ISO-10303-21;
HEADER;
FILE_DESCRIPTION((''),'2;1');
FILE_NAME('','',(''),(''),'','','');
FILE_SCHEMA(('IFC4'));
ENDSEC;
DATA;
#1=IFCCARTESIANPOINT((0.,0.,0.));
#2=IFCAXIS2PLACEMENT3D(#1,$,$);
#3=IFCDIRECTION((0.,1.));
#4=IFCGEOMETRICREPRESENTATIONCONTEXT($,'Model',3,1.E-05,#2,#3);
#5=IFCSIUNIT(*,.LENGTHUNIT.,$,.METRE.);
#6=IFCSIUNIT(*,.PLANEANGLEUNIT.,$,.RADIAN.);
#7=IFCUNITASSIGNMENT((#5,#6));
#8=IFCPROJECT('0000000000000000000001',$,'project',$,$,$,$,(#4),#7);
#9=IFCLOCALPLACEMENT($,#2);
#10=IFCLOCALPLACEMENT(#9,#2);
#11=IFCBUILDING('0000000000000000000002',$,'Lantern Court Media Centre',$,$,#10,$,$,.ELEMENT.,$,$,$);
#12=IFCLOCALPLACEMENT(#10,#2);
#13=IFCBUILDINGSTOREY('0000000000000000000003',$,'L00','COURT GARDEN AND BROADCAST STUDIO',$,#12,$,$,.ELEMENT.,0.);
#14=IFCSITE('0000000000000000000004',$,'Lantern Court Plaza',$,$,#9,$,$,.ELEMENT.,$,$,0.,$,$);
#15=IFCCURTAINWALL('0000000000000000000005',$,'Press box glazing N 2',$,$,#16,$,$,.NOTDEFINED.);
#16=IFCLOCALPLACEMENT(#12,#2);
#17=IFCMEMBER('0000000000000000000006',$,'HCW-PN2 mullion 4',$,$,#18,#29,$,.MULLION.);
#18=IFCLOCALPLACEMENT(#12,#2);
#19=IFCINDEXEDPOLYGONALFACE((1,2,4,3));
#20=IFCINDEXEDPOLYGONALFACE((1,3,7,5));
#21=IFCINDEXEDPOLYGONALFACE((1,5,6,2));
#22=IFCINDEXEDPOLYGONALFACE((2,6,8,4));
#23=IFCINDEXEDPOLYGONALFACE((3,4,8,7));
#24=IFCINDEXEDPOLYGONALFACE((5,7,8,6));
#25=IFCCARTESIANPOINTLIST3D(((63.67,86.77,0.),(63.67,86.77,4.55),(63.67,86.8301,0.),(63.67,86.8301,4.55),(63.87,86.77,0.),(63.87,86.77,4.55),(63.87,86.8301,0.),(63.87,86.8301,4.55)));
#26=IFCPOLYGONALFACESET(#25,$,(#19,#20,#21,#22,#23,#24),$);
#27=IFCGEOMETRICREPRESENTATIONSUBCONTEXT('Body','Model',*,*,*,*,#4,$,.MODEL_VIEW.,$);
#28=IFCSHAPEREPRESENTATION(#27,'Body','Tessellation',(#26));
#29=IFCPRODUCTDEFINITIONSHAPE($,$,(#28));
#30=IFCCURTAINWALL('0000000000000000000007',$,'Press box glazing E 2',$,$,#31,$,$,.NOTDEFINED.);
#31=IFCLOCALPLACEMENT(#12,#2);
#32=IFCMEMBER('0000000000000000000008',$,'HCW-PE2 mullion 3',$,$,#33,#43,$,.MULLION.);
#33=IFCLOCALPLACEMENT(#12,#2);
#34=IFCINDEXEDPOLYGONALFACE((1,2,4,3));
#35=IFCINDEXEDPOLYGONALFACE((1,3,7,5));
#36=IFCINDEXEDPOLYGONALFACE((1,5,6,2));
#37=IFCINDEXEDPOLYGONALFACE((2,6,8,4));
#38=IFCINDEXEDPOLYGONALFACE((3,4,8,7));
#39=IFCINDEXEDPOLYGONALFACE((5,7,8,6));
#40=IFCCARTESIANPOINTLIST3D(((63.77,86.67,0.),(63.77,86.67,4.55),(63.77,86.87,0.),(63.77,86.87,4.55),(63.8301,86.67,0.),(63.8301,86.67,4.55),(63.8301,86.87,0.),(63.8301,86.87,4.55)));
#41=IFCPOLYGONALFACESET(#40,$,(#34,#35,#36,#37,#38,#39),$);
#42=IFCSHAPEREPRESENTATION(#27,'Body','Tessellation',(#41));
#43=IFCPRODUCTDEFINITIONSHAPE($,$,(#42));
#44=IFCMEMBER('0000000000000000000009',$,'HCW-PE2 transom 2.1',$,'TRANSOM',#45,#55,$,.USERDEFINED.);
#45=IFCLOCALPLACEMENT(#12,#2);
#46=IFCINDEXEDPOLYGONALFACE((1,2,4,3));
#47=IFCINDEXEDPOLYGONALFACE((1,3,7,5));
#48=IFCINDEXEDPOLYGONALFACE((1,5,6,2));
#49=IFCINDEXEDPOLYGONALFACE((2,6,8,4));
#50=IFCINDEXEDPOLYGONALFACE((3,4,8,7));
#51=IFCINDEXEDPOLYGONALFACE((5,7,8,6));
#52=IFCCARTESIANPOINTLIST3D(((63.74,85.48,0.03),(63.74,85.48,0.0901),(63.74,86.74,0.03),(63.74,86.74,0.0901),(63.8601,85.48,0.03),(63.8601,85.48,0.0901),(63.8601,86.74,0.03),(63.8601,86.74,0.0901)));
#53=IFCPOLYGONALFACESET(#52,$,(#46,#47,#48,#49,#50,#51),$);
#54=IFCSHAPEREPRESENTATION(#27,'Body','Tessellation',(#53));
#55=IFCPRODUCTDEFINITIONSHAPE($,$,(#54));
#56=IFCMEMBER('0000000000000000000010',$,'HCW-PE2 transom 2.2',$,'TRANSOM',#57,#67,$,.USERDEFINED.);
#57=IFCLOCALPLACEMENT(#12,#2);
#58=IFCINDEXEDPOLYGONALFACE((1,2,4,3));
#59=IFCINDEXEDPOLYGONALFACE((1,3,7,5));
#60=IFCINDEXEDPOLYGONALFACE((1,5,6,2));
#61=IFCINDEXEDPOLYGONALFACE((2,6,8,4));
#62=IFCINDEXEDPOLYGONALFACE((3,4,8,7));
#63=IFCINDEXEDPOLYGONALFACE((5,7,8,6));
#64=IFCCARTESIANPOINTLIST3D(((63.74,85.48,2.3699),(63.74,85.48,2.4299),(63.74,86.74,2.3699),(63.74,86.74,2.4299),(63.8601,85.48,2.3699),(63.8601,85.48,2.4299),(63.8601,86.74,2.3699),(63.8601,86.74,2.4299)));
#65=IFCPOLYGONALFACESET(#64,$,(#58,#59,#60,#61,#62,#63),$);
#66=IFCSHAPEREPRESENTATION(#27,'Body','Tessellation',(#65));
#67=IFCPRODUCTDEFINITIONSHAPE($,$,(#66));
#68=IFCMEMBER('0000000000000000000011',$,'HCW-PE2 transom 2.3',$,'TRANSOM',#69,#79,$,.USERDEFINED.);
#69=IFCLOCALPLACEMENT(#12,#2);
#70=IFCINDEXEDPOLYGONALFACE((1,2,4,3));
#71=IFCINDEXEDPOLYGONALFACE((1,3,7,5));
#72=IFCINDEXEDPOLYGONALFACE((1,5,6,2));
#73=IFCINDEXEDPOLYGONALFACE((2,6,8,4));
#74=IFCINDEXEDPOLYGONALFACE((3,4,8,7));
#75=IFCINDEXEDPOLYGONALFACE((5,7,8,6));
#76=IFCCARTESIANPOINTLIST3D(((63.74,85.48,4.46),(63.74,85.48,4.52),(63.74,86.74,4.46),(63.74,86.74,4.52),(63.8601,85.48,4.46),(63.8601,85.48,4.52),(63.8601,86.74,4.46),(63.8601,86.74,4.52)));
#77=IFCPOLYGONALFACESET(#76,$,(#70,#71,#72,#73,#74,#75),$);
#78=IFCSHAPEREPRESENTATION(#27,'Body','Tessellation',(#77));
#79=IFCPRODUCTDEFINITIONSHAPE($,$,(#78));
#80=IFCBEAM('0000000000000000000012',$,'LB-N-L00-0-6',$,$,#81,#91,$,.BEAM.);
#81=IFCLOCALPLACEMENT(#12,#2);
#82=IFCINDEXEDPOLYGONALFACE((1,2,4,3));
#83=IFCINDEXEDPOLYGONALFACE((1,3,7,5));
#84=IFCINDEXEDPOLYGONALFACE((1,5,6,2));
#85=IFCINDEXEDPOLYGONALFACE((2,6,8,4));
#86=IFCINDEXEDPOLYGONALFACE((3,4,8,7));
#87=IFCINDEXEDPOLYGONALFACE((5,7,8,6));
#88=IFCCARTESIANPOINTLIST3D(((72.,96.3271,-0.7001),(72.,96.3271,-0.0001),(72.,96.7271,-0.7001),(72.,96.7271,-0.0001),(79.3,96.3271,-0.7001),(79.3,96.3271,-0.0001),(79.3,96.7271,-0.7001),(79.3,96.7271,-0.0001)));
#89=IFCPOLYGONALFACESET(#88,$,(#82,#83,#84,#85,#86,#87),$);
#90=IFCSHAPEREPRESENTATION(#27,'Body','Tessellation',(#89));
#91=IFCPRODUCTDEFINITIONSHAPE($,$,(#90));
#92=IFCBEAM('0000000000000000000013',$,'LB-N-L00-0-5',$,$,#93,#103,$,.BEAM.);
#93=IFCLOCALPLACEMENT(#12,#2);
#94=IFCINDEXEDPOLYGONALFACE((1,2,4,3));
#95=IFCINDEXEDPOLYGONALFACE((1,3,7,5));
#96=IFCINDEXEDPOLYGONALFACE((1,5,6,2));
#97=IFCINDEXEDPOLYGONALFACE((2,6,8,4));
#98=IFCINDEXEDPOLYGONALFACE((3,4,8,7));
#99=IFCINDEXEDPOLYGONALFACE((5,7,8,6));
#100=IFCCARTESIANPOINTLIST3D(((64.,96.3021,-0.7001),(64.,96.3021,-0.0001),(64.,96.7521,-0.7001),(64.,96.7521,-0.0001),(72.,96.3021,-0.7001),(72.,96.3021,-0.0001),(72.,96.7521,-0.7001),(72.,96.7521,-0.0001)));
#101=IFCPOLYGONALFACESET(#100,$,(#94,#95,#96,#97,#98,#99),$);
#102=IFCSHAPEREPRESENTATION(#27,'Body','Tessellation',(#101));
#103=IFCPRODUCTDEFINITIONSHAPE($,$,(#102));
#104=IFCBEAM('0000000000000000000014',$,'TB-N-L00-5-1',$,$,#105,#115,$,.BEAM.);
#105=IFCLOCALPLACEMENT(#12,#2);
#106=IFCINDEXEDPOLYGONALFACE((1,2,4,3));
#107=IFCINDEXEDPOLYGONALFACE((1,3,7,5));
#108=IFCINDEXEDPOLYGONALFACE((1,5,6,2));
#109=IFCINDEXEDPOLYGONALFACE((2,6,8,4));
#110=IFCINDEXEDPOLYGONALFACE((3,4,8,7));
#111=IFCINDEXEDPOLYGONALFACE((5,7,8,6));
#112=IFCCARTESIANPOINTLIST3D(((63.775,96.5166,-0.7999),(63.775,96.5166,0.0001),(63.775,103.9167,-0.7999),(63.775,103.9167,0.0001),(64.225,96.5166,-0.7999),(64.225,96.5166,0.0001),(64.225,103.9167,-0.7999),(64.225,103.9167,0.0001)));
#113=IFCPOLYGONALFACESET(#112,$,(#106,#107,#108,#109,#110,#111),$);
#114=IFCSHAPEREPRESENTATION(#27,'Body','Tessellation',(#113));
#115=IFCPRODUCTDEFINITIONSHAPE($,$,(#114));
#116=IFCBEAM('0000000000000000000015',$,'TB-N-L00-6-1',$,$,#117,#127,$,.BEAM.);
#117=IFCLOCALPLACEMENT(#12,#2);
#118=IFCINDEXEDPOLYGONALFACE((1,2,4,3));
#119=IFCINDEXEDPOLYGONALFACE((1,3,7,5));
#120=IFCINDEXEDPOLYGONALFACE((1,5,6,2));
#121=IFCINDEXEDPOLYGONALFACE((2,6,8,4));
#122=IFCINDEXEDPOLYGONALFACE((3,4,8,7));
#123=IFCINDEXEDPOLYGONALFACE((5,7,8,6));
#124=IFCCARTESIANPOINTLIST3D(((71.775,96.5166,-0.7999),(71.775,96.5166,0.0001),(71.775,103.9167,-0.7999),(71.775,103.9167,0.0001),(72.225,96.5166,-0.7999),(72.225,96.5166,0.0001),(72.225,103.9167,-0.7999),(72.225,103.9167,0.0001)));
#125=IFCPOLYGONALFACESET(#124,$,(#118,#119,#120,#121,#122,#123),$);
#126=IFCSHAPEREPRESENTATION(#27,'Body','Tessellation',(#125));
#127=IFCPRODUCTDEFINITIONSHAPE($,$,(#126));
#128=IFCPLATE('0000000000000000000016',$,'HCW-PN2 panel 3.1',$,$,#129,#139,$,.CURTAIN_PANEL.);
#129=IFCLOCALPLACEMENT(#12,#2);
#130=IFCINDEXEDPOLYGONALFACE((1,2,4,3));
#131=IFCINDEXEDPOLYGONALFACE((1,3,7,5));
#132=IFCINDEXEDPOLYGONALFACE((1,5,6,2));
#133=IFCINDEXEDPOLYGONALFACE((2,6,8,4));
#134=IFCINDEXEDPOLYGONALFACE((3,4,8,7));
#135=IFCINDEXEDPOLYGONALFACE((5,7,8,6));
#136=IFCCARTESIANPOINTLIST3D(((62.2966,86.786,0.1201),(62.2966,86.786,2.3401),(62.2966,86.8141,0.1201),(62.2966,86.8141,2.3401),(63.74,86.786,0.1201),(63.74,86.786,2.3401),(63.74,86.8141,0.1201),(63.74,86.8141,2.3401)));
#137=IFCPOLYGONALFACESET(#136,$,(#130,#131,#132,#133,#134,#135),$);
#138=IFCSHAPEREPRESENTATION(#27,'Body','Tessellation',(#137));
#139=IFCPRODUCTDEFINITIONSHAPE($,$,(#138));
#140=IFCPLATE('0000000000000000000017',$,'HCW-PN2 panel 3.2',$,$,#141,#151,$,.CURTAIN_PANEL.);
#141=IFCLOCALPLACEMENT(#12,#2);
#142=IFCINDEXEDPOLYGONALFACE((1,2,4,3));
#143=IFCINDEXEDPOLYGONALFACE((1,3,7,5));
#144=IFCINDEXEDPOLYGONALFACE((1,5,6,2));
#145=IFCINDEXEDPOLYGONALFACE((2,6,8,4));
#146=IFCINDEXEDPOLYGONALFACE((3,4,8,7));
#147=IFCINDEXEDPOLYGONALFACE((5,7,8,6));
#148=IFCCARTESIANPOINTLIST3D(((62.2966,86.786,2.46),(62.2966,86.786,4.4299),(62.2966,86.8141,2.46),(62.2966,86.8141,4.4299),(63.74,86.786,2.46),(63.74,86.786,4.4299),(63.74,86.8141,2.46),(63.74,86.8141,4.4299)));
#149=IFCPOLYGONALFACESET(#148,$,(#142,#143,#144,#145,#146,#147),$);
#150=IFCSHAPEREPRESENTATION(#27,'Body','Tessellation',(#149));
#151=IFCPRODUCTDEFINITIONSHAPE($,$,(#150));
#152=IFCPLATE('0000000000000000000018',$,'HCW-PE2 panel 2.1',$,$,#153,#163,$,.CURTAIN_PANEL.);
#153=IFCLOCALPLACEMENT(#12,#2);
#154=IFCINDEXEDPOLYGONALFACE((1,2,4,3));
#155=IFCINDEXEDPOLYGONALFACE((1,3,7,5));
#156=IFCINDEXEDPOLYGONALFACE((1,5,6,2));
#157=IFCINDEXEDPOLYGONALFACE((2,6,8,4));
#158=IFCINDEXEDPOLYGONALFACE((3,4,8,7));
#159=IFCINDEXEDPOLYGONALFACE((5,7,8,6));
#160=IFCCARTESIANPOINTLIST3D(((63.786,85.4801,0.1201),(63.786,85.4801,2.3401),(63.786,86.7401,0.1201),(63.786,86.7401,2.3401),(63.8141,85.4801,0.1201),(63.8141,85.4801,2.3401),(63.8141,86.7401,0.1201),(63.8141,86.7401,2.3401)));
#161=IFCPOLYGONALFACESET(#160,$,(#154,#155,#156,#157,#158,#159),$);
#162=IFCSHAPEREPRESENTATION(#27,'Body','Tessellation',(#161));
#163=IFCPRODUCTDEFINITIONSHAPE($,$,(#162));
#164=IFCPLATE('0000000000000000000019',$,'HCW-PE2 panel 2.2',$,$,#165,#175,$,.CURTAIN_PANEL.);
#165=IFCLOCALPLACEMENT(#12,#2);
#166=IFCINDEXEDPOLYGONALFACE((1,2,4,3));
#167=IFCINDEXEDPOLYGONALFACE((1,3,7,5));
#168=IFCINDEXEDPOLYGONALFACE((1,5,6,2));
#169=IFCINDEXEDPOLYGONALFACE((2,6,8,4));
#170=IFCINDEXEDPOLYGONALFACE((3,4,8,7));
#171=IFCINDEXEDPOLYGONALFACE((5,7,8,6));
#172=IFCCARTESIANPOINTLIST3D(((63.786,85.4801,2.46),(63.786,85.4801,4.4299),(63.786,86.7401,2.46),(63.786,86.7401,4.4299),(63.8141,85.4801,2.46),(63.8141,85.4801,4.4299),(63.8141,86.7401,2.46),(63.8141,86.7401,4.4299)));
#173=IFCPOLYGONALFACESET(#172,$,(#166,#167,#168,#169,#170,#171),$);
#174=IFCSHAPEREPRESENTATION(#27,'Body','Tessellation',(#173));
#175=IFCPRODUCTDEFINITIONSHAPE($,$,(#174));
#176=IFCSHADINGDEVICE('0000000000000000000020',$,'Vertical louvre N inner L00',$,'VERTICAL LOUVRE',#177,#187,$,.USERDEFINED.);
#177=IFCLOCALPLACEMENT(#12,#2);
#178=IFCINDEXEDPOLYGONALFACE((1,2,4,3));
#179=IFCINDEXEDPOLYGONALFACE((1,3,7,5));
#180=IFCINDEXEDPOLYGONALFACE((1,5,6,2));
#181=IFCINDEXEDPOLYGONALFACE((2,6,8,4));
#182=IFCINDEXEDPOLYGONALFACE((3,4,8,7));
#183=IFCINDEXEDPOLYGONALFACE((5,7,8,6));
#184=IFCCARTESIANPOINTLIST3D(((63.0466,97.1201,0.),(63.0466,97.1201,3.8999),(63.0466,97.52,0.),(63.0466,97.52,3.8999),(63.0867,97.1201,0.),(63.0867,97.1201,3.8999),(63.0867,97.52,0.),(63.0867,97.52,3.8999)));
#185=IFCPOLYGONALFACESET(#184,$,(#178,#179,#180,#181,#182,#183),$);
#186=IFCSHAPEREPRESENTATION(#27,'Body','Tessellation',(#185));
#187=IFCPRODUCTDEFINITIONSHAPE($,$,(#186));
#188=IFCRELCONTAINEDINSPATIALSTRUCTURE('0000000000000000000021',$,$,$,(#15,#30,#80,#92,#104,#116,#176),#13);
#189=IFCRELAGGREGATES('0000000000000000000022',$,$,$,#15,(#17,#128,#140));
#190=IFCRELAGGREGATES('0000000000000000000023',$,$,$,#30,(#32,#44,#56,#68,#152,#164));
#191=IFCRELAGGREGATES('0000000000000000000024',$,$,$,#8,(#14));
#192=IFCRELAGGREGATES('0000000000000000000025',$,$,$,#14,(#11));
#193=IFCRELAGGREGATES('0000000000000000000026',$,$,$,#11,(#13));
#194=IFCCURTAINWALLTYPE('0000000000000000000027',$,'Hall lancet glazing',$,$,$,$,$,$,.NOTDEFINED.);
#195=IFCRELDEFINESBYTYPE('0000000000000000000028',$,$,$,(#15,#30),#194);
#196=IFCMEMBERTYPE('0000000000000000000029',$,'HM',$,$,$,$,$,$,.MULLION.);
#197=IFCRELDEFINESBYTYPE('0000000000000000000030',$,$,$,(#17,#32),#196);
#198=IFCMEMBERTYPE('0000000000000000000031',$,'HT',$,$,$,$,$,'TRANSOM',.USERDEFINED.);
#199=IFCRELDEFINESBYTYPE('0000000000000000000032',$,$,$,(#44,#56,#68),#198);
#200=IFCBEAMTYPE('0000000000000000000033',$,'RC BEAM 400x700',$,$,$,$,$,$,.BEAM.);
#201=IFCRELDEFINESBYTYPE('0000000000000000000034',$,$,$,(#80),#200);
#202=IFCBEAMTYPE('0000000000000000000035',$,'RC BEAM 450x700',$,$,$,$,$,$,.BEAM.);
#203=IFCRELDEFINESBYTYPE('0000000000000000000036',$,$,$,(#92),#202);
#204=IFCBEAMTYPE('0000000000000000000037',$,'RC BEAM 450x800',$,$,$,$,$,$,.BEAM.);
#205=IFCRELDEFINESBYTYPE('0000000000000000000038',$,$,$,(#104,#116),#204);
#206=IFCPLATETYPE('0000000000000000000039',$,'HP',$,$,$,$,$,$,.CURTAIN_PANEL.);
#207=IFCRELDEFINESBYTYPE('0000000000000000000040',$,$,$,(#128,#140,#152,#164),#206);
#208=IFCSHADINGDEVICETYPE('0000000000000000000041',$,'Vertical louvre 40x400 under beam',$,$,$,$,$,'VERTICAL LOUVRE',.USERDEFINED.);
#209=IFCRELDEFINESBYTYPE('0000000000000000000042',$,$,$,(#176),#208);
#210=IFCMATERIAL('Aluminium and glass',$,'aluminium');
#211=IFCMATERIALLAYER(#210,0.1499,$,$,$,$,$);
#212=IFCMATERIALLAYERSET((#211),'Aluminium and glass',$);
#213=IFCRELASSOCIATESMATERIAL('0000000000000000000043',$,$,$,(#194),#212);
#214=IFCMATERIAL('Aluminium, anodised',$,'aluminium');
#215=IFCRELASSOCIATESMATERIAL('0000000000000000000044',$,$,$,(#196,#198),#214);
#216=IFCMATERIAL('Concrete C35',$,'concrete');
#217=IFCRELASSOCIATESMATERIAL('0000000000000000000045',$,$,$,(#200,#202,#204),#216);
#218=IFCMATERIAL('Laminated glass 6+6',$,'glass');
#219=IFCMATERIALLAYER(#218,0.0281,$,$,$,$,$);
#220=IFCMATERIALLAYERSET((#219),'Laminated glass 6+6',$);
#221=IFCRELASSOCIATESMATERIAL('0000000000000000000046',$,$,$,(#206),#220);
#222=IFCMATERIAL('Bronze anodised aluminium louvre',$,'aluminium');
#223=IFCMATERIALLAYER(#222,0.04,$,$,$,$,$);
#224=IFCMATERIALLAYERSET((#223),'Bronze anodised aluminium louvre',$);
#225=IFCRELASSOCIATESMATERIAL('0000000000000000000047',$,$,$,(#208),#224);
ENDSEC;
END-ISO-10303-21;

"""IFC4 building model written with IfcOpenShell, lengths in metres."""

from ifc_helpers import new_model, si_unit, direction, frame, origin, origin_2d, place, context, subcontext, project, spatial, rectangle, extrude, material, layer, layer_set, material_profile, profile_set, type_object, element, aggregate, save


model = new_model("IFC4")

# Units and contexts
model_context = context("Model", 3, precision=1e-05, world=origin(), true_north=direction((0.0, 1.0)))
body_context = subcontext(model_context, "Body", "Model", "MODEL_VIEW")
ifc_project = project(units=[si_unit("LENGTHUNIT", "METRE"), si_unit("PLANEANGLEUNIT", "RADIAN")], contexts=[model_context])

# Site, building, storey
site_placement = place(None, origin())
site = spatial("IfcSite", under=ifc_project, at=site_placement, Name="Lantern Court Plaza", CompositionType="ELEMENT", RefElevation=0.0)
building_placement = place(site_placement, origin())
building = spatial("IfcBuilding", under=site, at=building_placement, Name="Lantern Court Media Centre", CompositionType="ELEMENT")
storey_placement = place(building_placement, origin())
storey = spatial("IfcBuildingStorey", under=building, at=storey_placement, Name="L00", Description="COURT GARDEN AND BROADCAST STUDIO", CompositionType="ELEMENT", Elevation=0.0)

# Shared definitions
ifc_material_1 = material(Name="Concrete C35", Category="concrete")

# Curtain wall, member
ifc_material_2 = material(Name="Aluminium and glass", Category="aluminium")
ifc_layer_1 = layer(ifc_material_2, 0.1499)
ifc_layer_set_1 = layer_set([ifc_layer_1], Name="Aluminium and glass")
curtain_wall_type_1 = type_object("IfcCurtainWallType", Name="Hall lancet glazing", PredefinedType="NOTDEFINED", material=ifc_layer_set_1)
curtain_wall_1_placement = place(storey_placement, origin())
curtain_wall_1 = element("IfcCurtainWall", 1, at=curtain_wall_1_placement, inside=storey, type_object=curtain_wall_type_1, Name="Press box glazing N 2", PredefinedType="NOTDEFINED")
ifc_material_3 = material(Name="Aluminium, anodised", Category="aluminium")
ifc_material_profile_1 = material_profile(ifc_material_3, rectangle(XDim=0.0601, YDim=0.2, at=origin_2d()), Name="HM")
ifc_profile_set_1 = profile_set([ifc_material_profile_1], Name="Aluminium, anodised")
member_type_1 = type_object("IfcMemberType", Name="HM", PredefinedType="MULLION", material=ifc_profile_set_1)
member_1_placement = place(storey_placement, frame((63.77, 86.8, 0.0), z_axis=(0.0, 0.0, 1.0), x_axis=(0.0, 1.0, 0.0)))
member_1 = element("IfcMember", 2, at=member_1_placement, type_object=member_type_1, Name="HCW-PN2 mullion 4", PredefinedType="MULLION", context=body_context, shape_type="SweptSolid", body=[
    extrude(rectangle(XDim=0.0601, YDim=0.2, at=origin_2d()), origin(), (0.0, 0.0, 1.0), 4.55),
])

# Curtain wall, members
curtain_wall_2_placement = place(storey_placement, origin())
curtain_wall_2 = element("IfcCurtainWall", 3, at=curtain_wall_2_placement, inside=storey, type_object=curtain_wall_type_1, Name="Press box glazing E 2", PredefinedType="NOTDEFINED")
member_2_placement = place(storey_placement, frame((63.8, 86.77, 0.0), z_axis=(0.0, 0.0, 1.0), x_axis=(-1.0, 0.0, 0.0)))
member_2 = element("IfcMember", 4, at=member_2_placement, type_object=member_type_1, Name="HCW-PE2 mullion 3", PredefinedType="MULLION", context=body_context, shape_type="SweptSolid", body=[
    extrude(rectangle(XDim=0.0601, YDim=0.2, at=origin_2d()), origin(), (0.0, 0.0, 1.0), 4.55),
])
ifc_material_profile_2 = material_profile(ifc_material_3, rectangle(XDim=0.1201, YDim=0.0601, at=origin_2d()), Name="HT")
ifc_profile_set_2 = profile_set([ifc_material_profile_2], Name="Aluminium, anodised")
member_type_2 = type_object("IfcMemberType", Name="HT", ElementType="TRANSOM", PredefinedType="USERDEFINED", material=ifc_profile_set_2)
member_3_placement = place(storey_placement, frame((63.8, 85.48, 0.0601), z_axis=(0.0, 1.0, 0.0), x_axis=(-1.0, 0.0, 0.0)))
member_3 = element("IfcMember", 5, at=member_3_placement, type_object=member_type_2, Name="HCW-PE2 transom 2.1", ObjectType="TRANSOM", PredefinedType="USERDEFINED", context=body_context, shape_type="SweptSolid", body=[
    extrude(rectangle(XDim=0.1201, YDim=0.0601, at=origin_2d()), origin(), (0.0, 0.0, 1.0), 1.26),
])
member_4_placement = place(storey_placement, frame((63.8, 85.48, 2.3999), z_axis=(0.0, 1.0, 0.0), x_axis=(-1.0, 0.0, 0.0)))
member_4 = element("IfcMember", 6, at=member_4_placement, type_object=member_type_2, Name="HCW-PE2 transom 2.2", ObjectType="TRANSOM", PredefinedType="USERDEFINED", context=body_context, shape_type="SweptSolid", body=[
    extrude(rectangle(XDim=0.1201, YDim=0.0601, at=origin_2d()), origin(), (0.0, 0.0, 1.0), 1.26),
])
member_5_placement = place(storey_placement, frame((63.8, 85.48, 4.49), z_axis=(0.0, 1.0, 0.0), x_axis=(-1.0, 0.0, 0.0)))
member_5 = element("IfcMember", 7, at=member_5_placement, type_object=member_type_2, Name="HCW-PE2 transom 2.3", ObjectType="TRANSOM", PredefinedType="USERDEFINED", context=body_context, shape_type="SweptSolid", body=[
    extrude(rectangle(XDim=0.1201, YDim=0.0601, at=origin_2d()), origin(), (0.0, 0.0, 1.0), 1.26),
])

# Beams
ifc_material_profile_3 = material_profile(ifc_material_1, rectangle(XDim=0.3999, YDim=0.7, at=origin_2d()), Name="RC 400x700")
ifc_profile_set_3 = profile_set([ifc_material_profile_3], Name="Concrete C35")
beam_type_1 = type_object("IfcBeamType", Name="RC BEAM 400x700", PredefinedType="BEAM", material=ifc_profile_set_3)
beam_1_placement = place(storey_placement, frame((72.0, 96.5271, -0.3501), z_axis=(1.0, 0.0, 0.0), x_axis=(0.0, 1.0, 0.0)))
element("IfcBeam", 8, at=beam_1_placement, inside=storey, type_object=beam_type_1, Name="LB-N-L00-0-6", PredefinedType="BEAM", context=body_context, shape_type="SweptSolid", body=[
    extrude(rectangle(XDim=0.3999, YDim=0.7, at=origin_2d()), origin(), (0.0, 0.0, 1.0), 7.3),
])
ifc_material_profile_4 = material_profile(ifc_material_1, rectangle(XDim=0.45, YDim=0.7, at=origin_2d()), Name="RC 450x700")
ifc_profile_set_4 = profile_set([ifc_material_profile_4], Name="Concrete C35")
beam_type_2 = type_object("IfcBeamType", Name="RC BEAM 450x700", PredefinedType="BEAM", material=ifc_profile_set_4)
beam_2_placement = place(storey_placement, frame((64.0, 96.5271, -0.3501), z_axis=(1.0, 0.0, 0.0), x_axis=(0.0, 1.0, 0.0)))
element("IfcBeam", 9, at=beam_2_placement, inside=storey, type_object=beam_type_2, Name="LB-N-L00-0-5", PredefinedType="BEAM", context=body_context, shape_type="SweptSolid", body=[
    extrude(rectangle(XDim=0.45, YDim=0.7, at=origin_2d()), origin(), (0.0, 0.0, 1.0), 8.0),
])
ifc_material_profile_5 = material_profile(ifc_material_1, rectangle(XDim=0.45, YDim=0.8, at=origin_2d()), Name="RC 450x800")
ifc_profile_set_5 = profile_set([ifc_material_profile_5], Name="Concrete C35")
beam_type_3 = type_object("IfcBeamType", Name="RC BEAM 450x800", PredefinedType="BEAM", material=ifc_profile_set_5)
for number, where, z_axis, x_axis, name in (
    (10, (64.0, 96.5166, -0.3999), (0.0, 1.0, 0.0), (-1.0, 0.0, 0.0), "TB-N-L00-5-1"),
    (11, (72.0, 96.5166, -0.3999), (0.0, 1.0, 0.0), (-1.0, 0.0, 0.0), "TB-N-L00-6-1"),
):
    element("IfcBeam", number, at=place(storey_placement, frame(where, z_axis=z_axis, x_axis=x_axis)), inside=storey, type_object=beam_type_3, Name=name, PredefinedType="BEAM", context=body_context, shape_type="SweptSolid", body=[
        extrude(rectangle(XDim=0.45, YDim=0.8, at=origin_2d()), origin(), (0.0, 0.0, 1.0), 7.4001),
    ])

# Plates
ifc_material_4 = material(Name="Laminated glass 6+6", Category="glass")
ifc_layer_2 = layer(ifc_material_4, 0.0281)
ifc_layer_set_2 = layer_set([ifc_layer_2], Name="Laminated glass 6+6")
plate_type = type_object("IfcPlateType", Name="HP", PredefinedType="CURTAIN_PANEL", material=ifc_layer_set_2)
plate_1_placement = place(storey_placement, frame((63.0183, 86.8, 0.1201), z_axis=(0.0, 0.0, 1.0), x_axis=(1.0, 0.0, 0.0)))
plate_1 = element("IfcPlate", 12, at=plate_1_placement, type_object=plate_type, Name="HCW-PN2 panel 3.1", PredefinedType="CURTAIN_PANEL", context=body_context, shape_type="SweptSolid", body=[
    extrude(rectangle(XDim=1.4434, YDim=0.0281, at=origin_2d()), origin(), (0.0, 0.0, 1.0), 2.22),
])
plate_2_placement = place(storey_placement, frame((63.0183, 86.8, 2.46), z_axis=(0.0, 0.0, 1.0), x_axis=(1.0, 0.0, 0.0)))
plate_2 = element("IfcPlate", 13, at=plate_2_placement, type_object=plate_type, Name="HCW-PN2 panel 3.2", PredefinedType="CURTAIN_PANEL", context=body_context, shape_type="SweptSolid", body=[
    extrude(rectangle(XDim=1.4434, YDim=0.0281, at=origin_2d()), origin(), (0.0, 0.0, 1.0), 1.97),
])
aggregate(curtain_wall_1, [member_1, plate_1, plate_2])
plate_3_placement = place(storey_placement, frame((63.8, 86.1101, 0.1201), z_axis=(0.0, 0.0, 1.0), x_axis=(0.0, 1.0, 0.0)))
plate_3 = element("IfcPlate", 14, at=plate_3_placement, type_object=plate_type, Name="HCW-PE2 panel 2.1", PredefinedType="CURTAIN_PANEL", context=body_context, shape_type="SweptSolid", body=[
    extrude(rectangle(XDim=1.26, YDim=0.0281, at=origin_2d()), origin(), (0.0, 0.0, 1.0), 2.22),
])
plate_4_placement = place(storey_placement, frame((63.8, 86.1101, 2.46), z_axis=(0.0, 0.0, 1.0), x_axis=(0.0, 1.0, 0.0)))
plate_4 = element("IfcPlate", 15, at=plate_4_placement, type_object=plate_type, Name="HCW-PE2 panel 2.2", PredefinedType="CURTAIN_PANEL", context=body_context, shape_type="SweptSolid", body=[
    extrude(rectangle(XDim=1.26, YDim=0.0281, at=origin_2d()), origin(), (0.0, 0.0, 1.0), 1.97),
])
aggregate(curtain_wall_2, [member_2, member_3, member_4, member_5, plate_3, plate_4])

# Shading device
ifc_material_5 = material(Name="Bronze anodised aluminium louvre", Category="aluminium")
ifc_layer_3 = layer(ifc_material_5, 0.04)
ifc_layer_set_3 = layer_set([ifc_layer_3], Name="Bronze anodised aluminium louvre")
shading_device_type = type_object("IfcShadingDeviceType", Name="Vertical louvre 40x400 under beam", ElementType="VERTICAL LOUVRE", PredefinedType="USERDEFINED", material=ifc_layer_set_3)
for number, where, z_axis, x_axis, name in (
    (16, (63.0667, 97.3201, 0.0), (0.0, 0.0, 1.0), (1.0, 0.0, 0.0), "Vertical louvre N inner L00"),
):
    element("IfcShadingDevice", number, at=place(storey_placement, frame(where, z_axis=z_axis, x_axis=x_axis)), inside=storey, type_object=shading_device_type, Name=name, ObjectType="VERTICAL LOUVRE", PredefinedType="USERDEFINED", context=body_context, shape_type="SweptSolid", body=[
        extrude(rectangle(XDim=0.04, YDim=0.3999, at=origin_2d()), origin(), (0.0, 0.0, 1.0), 3.8999),
    ])

save(model, "model.ifc")
